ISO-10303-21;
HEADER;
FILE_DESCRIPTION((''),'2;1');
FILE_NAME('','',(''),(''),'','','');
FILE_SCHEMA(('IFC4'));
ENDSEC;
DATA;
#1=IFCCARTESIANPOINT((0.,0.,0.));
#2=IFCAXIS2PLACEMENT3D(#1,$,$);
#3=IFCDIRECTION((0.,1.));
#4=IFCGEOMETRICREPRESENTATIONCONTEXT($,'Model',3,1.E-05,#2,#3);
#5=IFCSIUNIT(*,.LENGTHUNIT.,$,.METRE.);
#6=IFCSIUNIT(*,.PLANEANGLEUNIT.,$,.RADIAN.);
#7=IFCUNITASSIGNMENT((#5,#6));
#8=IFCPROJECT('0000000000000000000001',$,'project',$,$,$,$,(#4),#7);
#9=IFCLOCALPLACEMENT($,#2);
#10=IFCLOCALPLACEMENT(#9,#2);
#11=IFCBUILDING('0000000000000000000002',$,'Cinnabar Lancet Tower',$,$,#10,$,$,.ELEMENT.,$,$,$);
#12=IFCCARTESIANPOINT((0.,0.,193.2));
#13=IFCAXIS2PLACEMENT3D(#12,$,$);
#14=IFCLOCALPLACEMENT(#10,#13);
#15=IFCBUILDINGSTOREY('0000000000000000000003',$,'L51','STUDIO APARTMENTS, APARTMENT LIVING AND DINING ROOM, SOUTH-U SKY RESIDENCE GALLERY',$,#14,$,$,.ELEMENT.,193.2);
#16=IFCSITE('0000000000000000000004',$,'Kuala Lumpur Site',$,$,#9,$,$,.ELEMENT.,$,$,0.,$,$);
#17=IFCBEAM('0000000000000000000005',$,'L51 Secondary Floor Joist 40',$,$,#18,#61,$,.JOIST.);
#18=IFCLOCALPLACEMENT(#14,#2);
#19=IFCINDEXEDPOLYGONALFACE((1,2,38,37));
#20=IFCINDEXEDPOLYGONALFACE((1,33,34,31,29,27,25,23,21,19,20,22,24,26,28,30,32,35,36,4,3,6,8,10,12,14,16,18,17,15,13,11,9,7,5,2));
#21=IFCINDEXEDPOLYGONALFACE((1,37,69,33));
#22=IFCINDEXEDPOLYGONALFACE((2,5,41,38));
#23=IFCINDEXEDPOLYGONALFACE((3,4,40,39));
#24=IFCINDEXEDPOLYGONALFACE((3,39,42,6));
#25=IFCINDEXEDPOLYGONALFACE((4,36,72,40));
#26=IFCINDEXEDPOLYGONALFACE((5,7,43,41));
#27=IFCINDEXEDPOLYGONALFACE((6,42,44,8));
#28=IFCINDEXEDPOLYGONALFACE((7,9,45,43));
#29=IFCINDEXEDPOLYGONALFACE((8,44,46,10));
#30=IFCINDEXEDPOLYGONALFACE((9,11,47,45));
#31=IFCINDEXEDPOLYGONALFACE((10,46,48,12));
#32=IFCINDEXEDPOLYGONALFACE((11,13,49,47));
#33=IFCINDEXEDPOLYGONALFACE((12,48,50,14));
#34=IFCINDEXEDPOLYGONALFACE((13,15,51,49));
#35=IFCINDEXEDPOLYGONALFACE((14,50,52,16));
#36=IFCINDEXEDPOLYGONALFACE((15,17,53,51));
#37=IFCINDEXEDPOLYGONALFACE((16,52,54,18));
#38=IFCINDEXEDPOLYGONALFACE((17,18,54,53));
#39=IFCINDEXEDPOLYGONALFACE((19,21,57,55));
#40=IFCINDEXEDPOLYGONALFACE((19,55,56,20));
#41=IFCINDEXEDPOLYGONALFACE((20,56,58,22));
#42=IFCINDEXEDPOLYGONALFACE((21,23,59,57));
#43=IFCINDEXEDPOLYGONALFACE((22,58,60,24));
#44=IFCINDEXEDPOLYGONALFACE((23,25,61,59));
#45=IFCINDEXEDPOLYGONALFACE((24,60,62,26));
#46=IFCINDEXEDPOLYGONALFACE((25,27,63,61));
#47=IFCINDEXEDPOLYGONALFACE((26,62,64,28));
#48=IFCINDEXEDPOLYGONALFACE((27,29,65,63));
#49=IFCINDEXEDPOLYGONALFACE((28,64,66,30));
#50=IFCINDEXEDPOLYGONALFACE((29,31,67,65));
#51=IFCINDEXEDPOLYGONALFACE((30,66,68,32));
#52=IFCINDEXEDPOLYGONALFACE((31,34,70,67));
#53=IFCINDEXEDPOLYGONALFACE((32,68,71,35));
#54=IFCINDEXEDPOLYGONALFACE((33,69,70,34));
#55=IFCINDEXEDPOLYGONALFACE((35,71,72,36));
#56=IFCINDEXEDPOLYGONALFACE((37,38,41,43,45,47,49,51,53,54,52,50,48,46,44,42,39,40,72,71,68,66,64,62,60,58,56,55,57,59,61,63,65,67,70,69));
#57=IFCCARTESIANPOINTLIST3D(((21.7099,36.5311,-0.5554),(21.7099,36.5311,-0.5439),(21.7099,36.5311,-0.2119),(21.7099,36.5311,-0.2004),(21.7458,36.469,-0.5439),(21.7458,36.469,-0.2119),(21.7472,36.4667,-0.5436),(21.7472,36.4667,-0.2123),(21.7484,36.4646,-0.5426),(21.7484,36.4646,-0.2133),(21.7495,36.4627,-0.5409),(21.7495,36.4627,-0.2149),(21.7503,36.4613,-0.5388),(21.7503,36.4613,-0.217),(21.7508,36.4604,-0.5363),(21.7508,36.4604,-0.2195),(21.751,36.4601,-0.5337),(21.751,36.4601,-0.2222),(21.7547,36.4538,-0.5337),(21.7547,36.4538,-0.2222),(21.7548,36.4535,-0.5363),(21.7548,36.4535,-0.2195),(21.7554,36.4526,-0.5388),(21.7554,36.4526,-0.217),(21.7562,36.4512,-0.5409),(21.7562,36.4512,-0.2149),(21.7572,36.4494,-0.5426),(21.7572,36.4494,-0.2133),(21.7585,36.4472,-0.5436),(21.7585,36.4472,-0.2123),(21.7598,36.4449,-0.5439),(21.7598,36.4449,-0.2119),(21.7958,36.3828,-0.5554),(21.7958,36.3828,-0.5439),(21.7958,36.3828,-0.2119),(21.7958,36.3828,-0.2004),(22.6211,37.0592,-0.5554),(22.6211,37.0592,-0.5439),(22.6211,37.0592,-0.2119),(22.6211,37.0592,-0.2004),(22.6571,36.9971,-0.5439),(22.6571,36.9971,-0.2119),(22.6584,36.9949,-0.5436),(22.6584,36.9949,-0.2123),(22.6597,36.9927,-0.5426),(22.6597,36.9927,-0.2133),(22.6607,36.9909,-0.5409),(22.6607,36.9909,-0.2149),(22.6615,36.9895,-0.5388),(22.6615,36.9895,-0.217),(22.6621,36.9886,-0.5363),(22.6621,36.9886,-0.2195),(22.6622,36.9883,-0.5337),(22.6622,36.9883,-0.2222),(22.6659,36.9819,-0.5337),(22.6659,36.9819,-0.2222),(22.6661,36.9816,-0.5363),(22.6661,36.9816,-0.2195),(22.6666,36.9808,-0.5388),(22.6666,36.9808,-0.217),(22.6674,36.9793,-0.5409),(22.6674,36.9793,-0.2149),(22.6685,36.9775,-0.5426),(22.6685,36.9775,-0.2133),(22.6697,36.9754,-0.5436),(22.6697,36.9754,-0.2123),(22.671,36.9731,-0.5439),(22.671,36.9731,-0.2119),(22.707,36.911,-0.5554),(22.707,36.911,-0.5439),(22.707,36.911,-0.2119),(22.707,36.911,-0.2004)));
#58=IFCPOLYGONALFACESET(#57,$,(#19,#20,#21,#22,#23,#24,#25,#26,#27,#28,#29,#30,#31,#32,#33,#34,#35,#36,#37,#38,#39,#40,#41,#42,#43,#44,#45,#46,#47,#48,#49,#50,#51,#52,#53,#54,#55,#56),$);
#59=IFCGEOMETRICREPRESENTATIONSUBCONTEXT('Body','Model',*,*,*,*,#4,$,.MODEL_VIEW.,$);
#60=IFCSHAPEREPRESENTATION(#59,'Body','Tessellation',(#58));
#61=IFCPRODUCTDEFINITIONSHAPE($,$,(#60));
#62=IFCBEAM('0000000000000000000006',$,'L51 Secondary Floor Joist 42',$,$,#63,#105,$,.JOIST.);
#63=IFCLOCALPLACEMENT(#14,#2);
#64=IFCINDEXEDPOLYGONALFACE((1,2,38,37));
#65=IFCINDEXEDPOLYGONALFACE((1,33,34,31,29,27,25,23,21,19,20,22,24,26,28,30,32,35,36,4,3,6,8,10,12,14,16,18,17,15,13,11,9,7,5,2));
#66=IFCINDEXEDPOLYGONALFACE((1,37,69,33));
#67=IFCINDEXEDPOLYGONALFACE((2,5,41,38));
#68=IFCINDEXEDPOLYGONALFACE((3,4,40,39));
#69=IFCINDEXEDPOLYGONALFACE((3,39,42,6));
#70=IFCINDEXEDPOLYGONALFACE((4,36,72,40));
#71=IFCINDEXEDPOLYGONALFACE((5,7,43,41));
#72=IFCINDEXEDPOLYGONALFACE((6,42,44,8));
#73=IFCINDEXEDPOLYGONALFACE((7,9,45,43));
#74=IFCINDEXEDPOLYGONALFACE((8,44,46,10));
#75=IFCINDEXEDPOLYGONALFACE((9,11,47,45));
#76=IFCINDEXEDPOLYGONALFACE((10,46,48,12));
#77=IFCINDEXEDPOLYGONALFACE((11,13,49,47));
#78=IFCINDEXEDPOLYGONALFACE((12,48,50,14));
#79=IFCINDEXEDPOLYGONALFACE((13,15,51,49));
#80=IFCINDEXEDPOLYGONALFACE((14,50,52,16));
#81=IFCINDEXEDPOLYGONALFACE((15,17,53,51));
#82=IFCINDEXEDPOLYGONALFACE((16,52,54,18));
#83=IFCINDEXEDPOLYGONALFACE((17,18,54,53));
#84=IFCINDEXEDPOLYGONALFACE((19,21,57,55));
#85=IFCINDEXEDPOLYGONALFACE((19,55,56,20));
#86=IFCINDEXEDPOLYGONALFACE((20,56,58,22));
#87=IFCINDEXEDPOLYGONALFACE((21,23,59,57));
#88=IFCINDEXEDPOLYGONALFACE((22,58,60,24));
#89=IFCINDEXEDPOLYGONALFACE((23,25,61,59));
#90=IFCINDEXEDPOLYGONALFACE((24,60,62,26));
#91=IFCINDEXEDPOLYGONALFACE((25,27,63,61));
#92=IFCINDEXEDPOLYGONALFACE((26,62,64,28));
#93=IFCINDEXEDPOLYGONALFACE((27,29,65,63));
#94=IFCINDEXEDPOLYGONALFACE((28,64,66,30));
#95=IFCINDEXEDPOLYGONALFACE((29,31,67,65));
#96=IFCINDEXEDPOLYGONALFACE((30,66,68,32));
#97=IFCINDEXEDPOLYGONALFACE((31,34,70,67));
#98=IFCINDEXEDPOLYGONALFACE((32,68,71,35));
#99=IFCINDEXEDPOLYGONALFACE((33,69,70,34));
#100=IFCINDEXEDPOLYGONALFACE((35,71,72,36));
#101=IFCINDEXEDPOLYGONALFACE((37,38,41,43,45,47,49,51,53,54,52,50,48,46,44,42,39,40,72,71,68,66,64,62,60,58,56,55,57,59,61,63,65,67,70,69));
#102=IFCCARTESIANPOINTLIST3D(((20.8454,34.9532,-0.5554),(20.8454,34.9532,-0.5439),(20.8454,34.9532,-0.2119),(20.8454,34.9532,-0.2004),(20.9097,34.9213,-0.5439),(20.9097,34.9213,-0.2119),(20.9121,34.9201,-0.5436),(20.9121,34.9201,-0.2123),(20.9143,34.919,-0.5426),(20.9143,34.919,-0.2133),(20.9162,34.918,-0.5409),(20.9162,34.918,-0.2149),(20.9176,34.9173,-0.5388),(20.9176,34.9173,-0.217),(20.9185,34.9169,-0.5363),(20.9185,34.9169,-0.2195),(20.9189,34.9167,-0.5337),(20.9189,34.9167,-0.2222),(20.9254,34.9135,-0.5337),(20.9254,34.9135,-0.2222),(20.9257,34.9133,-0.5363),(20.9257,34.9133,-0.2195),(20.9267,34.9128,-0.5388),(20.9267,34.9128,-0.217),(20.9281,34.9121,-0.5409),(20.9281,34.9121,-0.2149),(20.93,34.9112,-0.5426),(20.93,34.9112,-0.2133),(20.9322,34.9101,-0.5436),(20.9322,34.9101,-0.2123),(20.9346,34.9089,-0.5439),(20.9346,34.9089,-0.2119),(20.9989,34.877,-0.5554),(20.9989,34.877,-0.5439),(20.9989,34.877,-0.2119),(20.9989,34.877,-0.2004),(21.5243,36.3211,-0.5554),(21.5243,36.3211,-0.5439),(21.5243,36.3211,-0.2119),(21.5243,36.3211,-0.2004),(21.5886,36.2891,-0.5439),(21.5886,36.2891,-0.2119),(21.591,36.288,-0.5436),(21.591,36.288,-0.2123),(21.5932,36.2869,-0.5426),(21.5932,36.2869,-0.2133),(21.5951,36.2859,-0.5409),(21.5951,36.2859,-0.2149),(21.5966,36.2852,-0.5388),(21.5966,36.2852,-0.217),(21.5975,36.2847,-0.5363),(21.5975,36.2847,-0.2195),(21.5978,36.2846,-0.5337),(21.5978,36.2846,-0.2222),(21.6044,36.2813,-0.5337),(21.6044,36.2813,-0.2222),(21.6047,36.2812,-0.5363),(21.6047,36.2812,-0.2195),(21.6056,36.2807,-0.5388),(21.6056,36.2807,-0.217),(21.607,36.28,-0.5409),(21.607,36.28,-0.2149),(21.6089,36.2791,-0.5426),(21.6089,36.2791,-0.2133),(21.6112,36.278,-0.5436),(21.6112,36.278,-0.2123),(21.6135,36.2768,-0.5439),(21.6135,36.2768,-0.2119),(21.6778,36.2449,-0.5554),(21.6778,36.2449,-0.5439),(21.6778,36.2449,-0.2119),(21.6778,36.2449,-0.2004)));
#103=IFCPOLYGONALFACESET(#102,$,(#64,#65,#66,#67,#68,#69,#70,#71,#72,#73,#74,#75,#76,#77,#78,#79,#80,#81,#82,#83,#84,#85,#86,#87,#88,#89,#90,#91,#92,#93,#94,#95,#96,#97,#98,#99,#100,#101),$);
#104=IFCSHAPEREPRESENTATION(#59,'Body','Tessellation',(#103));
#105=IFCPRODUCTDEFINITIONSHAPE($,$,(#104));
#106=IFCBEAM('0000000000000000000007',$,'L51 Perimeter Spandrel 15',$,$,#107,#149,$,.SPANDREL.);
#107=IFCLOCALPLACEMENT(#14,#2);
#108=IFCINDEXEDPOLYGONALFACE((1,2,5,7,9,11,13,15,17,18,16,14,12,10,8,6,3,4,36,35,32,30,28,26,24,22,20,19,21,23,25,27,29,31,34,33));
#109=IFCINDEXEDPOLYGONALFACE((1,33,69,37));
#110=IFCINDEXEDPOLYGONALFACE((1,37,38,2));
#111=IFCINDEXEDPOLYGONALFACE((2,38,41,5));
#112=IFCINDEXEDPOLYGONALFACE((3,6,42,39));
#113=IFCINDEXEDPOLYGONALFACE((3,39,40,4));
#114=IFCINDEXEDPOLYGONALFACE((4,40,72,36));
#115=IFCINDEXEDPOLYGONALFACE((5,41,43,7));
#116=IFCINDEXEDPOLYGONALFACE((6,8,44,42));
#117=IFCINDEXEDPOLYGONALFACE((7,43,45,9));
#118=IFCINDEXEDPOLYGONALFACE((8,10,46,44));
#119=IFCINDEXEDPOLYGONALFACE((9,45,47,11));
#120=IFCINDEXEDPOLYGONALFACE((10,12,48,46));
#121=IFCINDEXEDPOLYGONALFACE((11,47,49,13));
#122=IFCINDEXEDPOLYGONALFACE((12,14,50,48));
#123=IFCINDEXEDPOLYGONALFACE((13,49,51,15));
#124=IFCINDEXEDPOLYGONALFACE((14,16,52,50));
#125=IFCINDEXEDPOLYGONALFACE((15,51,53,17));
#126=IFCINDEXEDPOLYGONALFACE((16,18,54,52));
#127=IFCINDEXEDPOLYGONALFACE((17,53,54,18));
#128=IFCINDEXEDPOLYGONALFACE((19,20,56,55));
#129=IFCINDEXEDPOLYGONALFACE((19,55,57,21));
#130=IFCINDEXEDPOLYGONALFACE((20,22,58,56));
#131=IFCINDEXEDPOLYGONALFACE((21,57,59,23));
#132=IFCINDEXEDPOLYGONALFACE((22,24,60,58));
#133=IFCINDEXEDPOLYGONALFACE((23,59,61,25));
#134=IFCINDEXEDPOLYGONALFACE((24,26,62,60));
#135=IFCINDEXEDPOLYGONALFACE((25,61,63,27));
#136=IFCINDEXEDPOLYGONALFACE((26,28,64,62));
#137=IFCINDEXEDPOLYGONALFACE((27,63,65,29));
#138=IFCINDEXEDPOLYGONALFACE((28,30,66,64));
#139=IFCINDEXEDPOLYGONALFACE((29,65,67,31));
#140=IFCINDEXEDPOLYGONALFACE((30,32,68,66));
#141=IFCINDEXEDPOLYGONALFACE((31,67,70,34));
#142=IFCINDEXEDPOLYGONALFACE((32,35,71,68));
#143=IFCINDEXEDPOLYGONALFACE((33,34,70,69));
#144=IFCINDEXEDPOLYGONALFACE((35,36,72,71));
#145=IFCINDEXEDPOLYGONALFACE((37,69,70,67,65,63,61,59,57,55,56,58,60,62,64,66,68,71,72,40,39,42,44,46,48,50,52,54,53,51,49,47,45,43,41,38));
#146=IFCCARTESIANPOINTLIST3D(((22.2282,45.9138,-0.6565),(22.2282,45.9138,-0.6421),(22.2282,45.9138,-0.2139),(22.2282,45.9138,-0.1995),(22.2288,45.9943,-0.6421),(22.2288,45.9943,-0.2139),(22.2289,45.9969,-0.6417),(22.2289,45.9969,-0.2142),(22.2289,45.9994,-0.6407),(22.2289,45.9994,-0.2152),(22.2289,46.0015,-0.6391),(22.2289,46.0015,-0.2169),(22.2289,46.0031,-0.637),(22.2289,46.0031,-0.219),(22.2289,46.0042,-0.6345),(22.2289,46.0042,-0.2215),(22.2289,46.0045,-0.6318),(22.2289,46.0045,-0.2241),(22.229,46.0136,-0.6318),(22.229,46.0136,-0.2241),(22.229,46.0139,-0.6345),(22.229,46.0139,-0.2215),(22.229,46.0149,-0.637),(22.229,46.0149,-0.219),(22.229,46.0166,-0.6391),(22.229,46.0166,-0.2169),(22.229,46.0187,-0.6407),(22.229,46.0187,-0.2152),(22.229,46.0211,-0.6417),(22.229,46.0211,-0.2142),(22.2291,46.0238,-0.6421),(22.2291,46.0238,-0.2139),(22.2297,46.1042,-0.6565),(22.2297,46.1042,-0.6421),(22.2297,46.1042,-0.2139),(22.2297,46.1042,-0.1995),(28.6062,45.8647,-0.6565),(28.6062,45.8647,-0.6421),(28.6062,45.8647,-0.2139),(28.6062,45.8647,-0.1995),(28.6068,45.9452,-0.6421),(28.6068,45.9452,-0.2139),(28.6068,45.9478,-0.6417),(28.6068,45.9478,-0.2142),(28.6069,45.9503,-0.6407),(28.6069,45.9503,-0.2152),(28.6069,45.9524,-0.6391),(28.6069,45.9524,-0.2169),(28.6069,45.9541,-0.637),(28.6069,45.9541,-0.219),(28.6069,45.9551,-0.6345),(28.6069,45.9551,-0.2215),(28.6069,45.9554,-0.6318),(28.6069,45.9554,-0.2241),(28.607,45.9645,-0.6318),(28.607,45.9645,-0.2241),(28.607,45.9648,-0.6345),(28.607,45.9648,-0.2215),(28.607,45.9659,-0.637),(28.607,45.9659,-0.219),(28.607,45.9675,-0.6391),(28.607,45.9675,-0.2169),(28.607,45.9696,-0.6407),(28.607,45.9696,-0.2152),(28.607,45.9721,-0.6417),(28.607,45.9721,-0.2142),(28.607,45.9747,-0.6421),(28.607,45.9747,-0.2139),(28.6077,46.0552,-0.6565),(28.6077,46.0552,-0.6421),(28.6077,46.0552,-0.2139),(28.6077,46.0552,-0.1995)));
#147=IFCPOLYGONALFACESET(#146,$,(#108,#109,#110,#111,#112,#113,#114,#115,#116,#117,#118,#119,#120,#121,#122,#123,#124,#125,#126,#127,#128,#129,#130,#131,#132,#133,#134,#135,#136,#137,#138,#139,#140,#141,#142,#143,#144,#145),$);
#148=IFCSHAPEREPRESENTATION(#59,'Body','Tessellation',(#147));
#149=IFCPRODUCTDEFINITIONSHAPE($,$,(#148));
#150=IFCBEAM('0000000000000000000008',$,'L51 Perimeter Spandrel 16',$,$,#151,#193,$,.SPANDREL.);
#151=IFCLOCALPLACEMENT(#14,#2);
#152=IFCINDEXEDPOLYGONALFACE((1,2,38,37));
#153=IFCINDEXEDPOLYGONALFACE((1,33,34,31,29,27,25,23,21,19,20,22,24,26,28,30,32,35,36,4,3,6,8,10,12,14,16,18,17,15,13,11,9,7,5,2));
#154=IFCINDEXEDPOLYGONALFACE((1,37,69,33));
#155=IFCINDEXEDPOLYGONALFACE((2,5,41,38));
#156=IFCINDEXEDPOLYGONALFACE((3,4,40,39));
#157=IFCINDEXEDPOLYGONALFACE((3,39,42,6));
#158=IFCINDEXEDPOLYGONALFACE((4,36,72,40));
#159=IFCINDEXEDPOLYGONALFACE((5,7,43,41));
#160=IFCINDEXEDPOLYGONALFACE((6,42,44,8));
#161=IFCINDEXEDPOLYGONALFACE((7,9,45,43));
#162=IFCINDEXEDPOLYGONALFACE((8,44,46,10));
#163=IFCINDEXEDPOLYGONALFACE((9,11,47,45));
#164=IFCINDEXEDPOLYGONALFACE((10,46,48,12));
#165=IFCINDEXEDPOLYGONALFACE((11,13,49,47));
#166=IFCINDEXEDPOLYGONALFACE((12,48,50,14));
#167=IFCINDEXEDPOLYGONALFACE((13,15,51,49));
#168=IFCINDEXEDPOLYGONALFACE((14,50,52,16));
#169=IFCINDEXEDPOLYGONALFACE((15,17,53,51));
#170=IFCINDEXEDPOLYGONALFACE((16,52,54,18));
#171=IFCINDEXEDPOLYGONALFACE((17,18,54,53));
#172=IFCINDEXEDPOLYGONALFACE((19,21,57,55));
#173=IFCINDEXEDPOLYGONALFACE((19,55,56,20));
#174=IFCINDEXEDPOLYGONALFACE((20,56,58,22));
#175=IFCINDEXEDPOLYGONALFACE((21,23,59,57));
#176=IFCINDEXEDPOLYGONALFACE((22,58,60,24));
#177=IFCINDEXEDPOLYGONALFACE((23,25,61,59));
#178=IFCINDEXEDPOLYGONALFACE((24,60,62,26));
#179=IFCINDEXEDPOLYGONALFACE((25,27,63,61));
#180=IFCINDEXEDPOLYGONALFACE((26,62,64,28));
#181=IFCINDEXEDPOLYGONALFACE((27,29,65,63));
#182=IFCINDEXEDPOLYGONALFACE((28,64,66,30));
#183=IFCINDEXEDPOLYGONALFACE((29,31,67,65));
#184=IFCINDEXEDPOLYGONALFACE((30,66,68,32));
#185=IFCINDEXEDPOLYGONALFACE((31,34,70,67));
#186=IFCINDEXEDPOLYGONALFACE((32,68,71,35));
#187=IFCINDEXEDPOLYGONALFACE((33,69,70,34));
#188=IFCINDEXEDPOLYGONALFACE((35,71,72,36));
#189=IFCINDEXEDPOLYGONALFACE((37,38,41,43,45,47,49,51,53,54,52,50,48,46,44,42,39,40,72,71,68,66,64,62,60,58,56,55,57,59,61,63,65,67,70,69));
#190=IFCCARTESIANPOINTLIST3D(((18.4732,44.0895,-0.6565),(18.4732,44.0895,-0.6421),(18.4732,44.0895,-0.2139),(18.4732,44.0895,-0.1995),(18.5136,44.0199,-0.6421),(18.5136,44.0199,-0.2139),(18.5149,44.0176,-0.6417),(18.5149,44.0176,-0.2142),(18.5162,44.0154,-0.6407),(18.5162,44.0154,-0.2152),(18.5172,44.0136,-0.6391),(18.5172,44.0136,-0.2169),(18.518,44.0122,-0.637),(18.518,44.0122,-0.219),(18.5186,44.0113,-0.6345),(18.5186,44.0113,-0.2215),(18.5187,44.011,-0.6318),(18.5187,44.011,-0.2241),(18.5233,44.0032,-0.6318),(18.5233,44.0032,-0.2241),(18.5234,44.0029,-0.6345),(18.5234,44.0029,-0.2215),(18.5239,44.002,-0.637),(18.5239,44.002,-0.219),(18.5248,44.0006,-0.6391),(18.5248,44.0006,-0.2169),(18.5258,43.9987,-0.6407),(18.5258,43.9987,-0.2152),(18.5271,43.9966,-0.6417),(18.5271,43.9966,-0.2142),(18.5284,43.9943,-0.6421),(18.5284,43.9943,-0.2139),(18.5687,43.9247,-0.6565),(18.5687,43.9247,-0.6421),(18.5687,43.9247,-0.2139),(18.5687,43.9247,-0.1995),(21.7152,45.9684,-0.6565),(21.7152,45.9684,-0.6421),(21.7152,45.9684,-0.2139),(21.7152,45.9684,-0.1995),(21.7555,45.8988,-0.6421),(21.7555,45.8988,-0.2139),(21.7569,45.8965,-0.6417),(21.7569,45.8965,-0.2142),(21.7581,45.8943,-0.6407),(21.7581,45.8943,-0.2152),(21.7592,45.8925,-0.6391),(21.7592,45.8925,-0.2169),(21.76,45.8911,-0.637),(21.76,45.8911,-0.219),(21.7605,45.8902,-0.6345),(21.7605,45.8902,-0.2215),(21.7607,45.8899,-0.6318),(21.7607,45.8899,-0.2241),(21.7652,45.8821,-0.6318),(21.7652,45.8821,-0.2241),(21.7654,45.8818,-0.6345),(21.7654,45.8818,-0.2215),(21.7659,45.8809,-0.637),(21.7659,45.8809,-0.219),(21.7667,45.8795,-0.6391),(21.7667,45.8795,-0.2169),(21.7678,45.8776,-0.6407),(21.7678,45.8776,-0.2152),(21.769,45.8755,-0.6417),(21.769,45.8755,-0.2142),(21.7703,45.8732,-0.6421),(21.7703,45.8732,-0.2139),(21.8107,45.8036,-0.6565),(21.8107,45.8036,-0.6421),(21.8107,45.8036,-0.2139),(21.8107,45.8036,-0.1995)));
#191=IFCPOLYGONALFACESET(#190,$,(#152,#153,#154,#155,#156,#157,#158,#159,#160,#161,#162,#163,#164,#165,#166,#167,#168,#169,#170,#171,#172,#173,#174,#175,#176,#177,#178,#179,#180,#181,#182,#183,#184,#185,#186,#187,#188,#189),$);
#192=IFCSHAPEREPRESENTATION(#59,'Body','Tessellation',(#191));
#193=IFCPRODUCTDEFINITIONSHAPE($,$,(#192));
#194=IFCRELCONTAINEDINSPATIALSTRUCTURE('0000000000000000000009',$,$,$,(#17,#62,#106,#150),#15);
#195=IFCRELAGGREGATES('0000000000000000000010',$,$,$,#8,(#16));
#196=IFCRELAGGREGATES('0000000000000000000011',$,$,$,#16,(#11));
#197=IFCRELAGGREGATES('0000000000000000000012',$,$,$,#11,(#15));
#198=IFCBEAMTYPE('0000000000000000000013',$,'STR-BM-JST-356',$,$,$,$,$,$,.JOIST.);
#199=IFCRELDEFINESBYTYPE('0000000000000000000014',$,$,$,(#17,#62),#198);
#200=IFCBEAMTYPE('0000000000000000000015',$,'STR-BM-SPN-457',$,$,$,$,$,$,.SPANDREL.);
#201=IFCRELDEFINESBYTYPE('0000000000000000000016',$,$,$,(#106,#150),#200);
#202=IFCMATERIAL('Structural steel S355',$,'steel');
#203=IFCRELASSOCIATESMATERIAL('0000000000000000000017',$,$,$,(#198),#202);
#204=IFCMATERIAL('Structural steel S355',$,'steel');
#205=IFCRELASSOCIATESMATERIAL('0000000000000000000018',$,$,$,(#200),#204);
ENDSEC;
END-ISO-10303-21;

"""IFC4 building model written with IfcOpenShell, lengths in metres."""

from ifc_helpers import new_model, si_unit, direction, frame, origin, origin_2d, place, context, subcontext, project, spatial, i_section, extrude, material, material_profile, profile_set, type_object, element, save


model = new_model("IFC4")

# Units and contexts
model_context = context("Model", 3, precision=1e-05, world=origin(), true_north=direction((0.0, 1.0)))
body_context = subcontext(model_context, "Body", "Model", "MODEL_VIEW")
ifc_project = project(units=[si_unit("LENGTHUNIT", "METRE"), si_unit("PLANEANGLEUNIT", "RADIAN")], contexts=[model_context])

# Site, building, storey
site_placement = place(None, origin())
site = spatial("IfcSite", under=ifc_project, at=site_placement, Name="Kuala Lumpur Site", CompositionType="ELEMENT", RefElevation=0.0)
building_placement = place(site_placement, origin())
building = spatial("IfcBuilding", under=site, at=building_placement, Name="Cinnabar Lancet Tower", CompositionType="ELEMENT")
storey_placement = place(building_placement, frame((0.0, 0.0, 193.2)))
storey = spatial("IfcBuildingStorey", under=building, at=storey_placement, Name="L51", Description="STUDIO APARTMENTS, APARTMENT LIVING AND DINING ROOM, SOUTH-U SKY RESIDENCE GALLERY", CompositionType="ELEMENT", Elevation=193.2)

# Beams
ifc_material_1 = material(Name="Structural steel S355", Category="steel")
ifc_material_profile_1 = material_profile(ifc_material_1, i_section(OverallWidth=0.1714, OverallDepth=0.355, WebThickness=0.0073, FlangeThickness=0.0115, FilletRadius=0.0103, at=origin_2d()), Name="UKB 356x171x51")
ifc_profile_set_1 = profile_set([ifc_material_profile_1], Name="Structural steel S355")
beam_type_1 = type_object("IfcBeamType", Name="STR-BM-JST-356", PredefinedType="JOIST", material=ifc_profile_set_1)
beam_1_placement = place(storey_placement, frame((22.6641, 36.9851, -0.3779), z_axis=(-0.865188, -0.501447, 0.0), x_axis=(0.501447, -0.865188, 0.0)))
element("IfcBeam", 1, at=beam_1_placement, inside=storey, type_object=beam_type_1, Name="L51 Secondary Floor Joist 40", PredefinedType="JOIST", context=body_context, shape_type="SweptSolid", body=[
    extrude(i_section(OverallWidth=0.1714, OverallDepth=0.355, WebThickness=0.0073, FlangeThickness=0.0115, FilletRadius=0.0103, at=origin_2d()), origin(), (0.0, 0.0, 1.0), 1.0532),
])
beam_2_placement = place(storey_placement, frame((21.6011, 36.283, -0.3779), z_axis=(-0.44459, -0.895734, 0.0), x_axis=(0.895734, -0.44459, 0.0)))
element("IfcBeam", 2, at=beam_2_placement, inside=storey, type_object=beam_type_1, Name="L51 Secondary Floor Joist 42", PredefinedType="JOIST", context=body_context, shape_type="SweptSolid", body=[
    extrude(i_section(OverallWidth=0.1714, OverallDepth=0.355, WebThickness=0.0073, FlangeThickness=0.0115, FilletRadius=0.0103, at=origin_2d()), origin(), (0.0, 0.0, 1.0), 1.5271),
])
ifc_material_2 = material(Name="Structural steel S355", Category="steel")
ifc_material_profile_2 = material_profile(ifc_material_2, i_section(OverallWidth=0.1904, OverallDepth=0.457, WebThickness=0.009, FlangeThickness=0.0144, FilletRadius=0.0103, at=origin_2d()), Name="UKB 457x191x74")
ifc_profile_set_2 = profile_set([ifc_material_profile_2], Name="Structural steel S355")
beam_type_2 = type_object("IfcBeamType", Name="STR-BM-SPN-457", PredefinedType="SPANDREL", material=ifc_profile_set_2)
beam_3_placement = place(storey_placement, frame((28.6069, 45.96, -0.428), z_axis=(-0.99997, 0.007694, 0.0), x_axis=(-0.007694, -0.99997, 0.0)))
element("IfcBeam", 3, at=beam_3_placement, inside=storey, type_object=beam_type_2, Name="L51 Perimeter Spandrel 15", PredefinedType="SPANDREL", context=body_context, shape_type="SweptSolid", body=[
    extrude(i_section(OverallWidth=0.1904, OverallDepth=0.457, WebThickness=0.009, FlangeThickness=0.0144, FilletRadius=0.0103, at=origin_2d()), origin(), (0.0, 0.0, 1.0), 6.3782),
])
beam_4_placement = place(storey_placement, frame((21.7629, 45.886, -0.428), z_axis=(-0.865196, -0.501434, 0.0), x_axis=(0.501434, -0.865196, 0.0)))
element("IfcBeam", 4, at=beam_4_placement, inside=storey, type_object=beam_type_2, Name="L51 Perimeter Spandrel 16", PredefinedType="SPANDREL", context=body_context, shape_type="SweptSolid", body=[
    extrude(i_section(OverallWidth=0.1904, OverallDepth=0.457, WebThickness=0.009, FlangeThickness=0.0144, FilletRadius=0.0103, at=origin_2d()), origin(), (0.0, 0.0, 1.0), 3.7471),
])

save(model, "model.ifc")
